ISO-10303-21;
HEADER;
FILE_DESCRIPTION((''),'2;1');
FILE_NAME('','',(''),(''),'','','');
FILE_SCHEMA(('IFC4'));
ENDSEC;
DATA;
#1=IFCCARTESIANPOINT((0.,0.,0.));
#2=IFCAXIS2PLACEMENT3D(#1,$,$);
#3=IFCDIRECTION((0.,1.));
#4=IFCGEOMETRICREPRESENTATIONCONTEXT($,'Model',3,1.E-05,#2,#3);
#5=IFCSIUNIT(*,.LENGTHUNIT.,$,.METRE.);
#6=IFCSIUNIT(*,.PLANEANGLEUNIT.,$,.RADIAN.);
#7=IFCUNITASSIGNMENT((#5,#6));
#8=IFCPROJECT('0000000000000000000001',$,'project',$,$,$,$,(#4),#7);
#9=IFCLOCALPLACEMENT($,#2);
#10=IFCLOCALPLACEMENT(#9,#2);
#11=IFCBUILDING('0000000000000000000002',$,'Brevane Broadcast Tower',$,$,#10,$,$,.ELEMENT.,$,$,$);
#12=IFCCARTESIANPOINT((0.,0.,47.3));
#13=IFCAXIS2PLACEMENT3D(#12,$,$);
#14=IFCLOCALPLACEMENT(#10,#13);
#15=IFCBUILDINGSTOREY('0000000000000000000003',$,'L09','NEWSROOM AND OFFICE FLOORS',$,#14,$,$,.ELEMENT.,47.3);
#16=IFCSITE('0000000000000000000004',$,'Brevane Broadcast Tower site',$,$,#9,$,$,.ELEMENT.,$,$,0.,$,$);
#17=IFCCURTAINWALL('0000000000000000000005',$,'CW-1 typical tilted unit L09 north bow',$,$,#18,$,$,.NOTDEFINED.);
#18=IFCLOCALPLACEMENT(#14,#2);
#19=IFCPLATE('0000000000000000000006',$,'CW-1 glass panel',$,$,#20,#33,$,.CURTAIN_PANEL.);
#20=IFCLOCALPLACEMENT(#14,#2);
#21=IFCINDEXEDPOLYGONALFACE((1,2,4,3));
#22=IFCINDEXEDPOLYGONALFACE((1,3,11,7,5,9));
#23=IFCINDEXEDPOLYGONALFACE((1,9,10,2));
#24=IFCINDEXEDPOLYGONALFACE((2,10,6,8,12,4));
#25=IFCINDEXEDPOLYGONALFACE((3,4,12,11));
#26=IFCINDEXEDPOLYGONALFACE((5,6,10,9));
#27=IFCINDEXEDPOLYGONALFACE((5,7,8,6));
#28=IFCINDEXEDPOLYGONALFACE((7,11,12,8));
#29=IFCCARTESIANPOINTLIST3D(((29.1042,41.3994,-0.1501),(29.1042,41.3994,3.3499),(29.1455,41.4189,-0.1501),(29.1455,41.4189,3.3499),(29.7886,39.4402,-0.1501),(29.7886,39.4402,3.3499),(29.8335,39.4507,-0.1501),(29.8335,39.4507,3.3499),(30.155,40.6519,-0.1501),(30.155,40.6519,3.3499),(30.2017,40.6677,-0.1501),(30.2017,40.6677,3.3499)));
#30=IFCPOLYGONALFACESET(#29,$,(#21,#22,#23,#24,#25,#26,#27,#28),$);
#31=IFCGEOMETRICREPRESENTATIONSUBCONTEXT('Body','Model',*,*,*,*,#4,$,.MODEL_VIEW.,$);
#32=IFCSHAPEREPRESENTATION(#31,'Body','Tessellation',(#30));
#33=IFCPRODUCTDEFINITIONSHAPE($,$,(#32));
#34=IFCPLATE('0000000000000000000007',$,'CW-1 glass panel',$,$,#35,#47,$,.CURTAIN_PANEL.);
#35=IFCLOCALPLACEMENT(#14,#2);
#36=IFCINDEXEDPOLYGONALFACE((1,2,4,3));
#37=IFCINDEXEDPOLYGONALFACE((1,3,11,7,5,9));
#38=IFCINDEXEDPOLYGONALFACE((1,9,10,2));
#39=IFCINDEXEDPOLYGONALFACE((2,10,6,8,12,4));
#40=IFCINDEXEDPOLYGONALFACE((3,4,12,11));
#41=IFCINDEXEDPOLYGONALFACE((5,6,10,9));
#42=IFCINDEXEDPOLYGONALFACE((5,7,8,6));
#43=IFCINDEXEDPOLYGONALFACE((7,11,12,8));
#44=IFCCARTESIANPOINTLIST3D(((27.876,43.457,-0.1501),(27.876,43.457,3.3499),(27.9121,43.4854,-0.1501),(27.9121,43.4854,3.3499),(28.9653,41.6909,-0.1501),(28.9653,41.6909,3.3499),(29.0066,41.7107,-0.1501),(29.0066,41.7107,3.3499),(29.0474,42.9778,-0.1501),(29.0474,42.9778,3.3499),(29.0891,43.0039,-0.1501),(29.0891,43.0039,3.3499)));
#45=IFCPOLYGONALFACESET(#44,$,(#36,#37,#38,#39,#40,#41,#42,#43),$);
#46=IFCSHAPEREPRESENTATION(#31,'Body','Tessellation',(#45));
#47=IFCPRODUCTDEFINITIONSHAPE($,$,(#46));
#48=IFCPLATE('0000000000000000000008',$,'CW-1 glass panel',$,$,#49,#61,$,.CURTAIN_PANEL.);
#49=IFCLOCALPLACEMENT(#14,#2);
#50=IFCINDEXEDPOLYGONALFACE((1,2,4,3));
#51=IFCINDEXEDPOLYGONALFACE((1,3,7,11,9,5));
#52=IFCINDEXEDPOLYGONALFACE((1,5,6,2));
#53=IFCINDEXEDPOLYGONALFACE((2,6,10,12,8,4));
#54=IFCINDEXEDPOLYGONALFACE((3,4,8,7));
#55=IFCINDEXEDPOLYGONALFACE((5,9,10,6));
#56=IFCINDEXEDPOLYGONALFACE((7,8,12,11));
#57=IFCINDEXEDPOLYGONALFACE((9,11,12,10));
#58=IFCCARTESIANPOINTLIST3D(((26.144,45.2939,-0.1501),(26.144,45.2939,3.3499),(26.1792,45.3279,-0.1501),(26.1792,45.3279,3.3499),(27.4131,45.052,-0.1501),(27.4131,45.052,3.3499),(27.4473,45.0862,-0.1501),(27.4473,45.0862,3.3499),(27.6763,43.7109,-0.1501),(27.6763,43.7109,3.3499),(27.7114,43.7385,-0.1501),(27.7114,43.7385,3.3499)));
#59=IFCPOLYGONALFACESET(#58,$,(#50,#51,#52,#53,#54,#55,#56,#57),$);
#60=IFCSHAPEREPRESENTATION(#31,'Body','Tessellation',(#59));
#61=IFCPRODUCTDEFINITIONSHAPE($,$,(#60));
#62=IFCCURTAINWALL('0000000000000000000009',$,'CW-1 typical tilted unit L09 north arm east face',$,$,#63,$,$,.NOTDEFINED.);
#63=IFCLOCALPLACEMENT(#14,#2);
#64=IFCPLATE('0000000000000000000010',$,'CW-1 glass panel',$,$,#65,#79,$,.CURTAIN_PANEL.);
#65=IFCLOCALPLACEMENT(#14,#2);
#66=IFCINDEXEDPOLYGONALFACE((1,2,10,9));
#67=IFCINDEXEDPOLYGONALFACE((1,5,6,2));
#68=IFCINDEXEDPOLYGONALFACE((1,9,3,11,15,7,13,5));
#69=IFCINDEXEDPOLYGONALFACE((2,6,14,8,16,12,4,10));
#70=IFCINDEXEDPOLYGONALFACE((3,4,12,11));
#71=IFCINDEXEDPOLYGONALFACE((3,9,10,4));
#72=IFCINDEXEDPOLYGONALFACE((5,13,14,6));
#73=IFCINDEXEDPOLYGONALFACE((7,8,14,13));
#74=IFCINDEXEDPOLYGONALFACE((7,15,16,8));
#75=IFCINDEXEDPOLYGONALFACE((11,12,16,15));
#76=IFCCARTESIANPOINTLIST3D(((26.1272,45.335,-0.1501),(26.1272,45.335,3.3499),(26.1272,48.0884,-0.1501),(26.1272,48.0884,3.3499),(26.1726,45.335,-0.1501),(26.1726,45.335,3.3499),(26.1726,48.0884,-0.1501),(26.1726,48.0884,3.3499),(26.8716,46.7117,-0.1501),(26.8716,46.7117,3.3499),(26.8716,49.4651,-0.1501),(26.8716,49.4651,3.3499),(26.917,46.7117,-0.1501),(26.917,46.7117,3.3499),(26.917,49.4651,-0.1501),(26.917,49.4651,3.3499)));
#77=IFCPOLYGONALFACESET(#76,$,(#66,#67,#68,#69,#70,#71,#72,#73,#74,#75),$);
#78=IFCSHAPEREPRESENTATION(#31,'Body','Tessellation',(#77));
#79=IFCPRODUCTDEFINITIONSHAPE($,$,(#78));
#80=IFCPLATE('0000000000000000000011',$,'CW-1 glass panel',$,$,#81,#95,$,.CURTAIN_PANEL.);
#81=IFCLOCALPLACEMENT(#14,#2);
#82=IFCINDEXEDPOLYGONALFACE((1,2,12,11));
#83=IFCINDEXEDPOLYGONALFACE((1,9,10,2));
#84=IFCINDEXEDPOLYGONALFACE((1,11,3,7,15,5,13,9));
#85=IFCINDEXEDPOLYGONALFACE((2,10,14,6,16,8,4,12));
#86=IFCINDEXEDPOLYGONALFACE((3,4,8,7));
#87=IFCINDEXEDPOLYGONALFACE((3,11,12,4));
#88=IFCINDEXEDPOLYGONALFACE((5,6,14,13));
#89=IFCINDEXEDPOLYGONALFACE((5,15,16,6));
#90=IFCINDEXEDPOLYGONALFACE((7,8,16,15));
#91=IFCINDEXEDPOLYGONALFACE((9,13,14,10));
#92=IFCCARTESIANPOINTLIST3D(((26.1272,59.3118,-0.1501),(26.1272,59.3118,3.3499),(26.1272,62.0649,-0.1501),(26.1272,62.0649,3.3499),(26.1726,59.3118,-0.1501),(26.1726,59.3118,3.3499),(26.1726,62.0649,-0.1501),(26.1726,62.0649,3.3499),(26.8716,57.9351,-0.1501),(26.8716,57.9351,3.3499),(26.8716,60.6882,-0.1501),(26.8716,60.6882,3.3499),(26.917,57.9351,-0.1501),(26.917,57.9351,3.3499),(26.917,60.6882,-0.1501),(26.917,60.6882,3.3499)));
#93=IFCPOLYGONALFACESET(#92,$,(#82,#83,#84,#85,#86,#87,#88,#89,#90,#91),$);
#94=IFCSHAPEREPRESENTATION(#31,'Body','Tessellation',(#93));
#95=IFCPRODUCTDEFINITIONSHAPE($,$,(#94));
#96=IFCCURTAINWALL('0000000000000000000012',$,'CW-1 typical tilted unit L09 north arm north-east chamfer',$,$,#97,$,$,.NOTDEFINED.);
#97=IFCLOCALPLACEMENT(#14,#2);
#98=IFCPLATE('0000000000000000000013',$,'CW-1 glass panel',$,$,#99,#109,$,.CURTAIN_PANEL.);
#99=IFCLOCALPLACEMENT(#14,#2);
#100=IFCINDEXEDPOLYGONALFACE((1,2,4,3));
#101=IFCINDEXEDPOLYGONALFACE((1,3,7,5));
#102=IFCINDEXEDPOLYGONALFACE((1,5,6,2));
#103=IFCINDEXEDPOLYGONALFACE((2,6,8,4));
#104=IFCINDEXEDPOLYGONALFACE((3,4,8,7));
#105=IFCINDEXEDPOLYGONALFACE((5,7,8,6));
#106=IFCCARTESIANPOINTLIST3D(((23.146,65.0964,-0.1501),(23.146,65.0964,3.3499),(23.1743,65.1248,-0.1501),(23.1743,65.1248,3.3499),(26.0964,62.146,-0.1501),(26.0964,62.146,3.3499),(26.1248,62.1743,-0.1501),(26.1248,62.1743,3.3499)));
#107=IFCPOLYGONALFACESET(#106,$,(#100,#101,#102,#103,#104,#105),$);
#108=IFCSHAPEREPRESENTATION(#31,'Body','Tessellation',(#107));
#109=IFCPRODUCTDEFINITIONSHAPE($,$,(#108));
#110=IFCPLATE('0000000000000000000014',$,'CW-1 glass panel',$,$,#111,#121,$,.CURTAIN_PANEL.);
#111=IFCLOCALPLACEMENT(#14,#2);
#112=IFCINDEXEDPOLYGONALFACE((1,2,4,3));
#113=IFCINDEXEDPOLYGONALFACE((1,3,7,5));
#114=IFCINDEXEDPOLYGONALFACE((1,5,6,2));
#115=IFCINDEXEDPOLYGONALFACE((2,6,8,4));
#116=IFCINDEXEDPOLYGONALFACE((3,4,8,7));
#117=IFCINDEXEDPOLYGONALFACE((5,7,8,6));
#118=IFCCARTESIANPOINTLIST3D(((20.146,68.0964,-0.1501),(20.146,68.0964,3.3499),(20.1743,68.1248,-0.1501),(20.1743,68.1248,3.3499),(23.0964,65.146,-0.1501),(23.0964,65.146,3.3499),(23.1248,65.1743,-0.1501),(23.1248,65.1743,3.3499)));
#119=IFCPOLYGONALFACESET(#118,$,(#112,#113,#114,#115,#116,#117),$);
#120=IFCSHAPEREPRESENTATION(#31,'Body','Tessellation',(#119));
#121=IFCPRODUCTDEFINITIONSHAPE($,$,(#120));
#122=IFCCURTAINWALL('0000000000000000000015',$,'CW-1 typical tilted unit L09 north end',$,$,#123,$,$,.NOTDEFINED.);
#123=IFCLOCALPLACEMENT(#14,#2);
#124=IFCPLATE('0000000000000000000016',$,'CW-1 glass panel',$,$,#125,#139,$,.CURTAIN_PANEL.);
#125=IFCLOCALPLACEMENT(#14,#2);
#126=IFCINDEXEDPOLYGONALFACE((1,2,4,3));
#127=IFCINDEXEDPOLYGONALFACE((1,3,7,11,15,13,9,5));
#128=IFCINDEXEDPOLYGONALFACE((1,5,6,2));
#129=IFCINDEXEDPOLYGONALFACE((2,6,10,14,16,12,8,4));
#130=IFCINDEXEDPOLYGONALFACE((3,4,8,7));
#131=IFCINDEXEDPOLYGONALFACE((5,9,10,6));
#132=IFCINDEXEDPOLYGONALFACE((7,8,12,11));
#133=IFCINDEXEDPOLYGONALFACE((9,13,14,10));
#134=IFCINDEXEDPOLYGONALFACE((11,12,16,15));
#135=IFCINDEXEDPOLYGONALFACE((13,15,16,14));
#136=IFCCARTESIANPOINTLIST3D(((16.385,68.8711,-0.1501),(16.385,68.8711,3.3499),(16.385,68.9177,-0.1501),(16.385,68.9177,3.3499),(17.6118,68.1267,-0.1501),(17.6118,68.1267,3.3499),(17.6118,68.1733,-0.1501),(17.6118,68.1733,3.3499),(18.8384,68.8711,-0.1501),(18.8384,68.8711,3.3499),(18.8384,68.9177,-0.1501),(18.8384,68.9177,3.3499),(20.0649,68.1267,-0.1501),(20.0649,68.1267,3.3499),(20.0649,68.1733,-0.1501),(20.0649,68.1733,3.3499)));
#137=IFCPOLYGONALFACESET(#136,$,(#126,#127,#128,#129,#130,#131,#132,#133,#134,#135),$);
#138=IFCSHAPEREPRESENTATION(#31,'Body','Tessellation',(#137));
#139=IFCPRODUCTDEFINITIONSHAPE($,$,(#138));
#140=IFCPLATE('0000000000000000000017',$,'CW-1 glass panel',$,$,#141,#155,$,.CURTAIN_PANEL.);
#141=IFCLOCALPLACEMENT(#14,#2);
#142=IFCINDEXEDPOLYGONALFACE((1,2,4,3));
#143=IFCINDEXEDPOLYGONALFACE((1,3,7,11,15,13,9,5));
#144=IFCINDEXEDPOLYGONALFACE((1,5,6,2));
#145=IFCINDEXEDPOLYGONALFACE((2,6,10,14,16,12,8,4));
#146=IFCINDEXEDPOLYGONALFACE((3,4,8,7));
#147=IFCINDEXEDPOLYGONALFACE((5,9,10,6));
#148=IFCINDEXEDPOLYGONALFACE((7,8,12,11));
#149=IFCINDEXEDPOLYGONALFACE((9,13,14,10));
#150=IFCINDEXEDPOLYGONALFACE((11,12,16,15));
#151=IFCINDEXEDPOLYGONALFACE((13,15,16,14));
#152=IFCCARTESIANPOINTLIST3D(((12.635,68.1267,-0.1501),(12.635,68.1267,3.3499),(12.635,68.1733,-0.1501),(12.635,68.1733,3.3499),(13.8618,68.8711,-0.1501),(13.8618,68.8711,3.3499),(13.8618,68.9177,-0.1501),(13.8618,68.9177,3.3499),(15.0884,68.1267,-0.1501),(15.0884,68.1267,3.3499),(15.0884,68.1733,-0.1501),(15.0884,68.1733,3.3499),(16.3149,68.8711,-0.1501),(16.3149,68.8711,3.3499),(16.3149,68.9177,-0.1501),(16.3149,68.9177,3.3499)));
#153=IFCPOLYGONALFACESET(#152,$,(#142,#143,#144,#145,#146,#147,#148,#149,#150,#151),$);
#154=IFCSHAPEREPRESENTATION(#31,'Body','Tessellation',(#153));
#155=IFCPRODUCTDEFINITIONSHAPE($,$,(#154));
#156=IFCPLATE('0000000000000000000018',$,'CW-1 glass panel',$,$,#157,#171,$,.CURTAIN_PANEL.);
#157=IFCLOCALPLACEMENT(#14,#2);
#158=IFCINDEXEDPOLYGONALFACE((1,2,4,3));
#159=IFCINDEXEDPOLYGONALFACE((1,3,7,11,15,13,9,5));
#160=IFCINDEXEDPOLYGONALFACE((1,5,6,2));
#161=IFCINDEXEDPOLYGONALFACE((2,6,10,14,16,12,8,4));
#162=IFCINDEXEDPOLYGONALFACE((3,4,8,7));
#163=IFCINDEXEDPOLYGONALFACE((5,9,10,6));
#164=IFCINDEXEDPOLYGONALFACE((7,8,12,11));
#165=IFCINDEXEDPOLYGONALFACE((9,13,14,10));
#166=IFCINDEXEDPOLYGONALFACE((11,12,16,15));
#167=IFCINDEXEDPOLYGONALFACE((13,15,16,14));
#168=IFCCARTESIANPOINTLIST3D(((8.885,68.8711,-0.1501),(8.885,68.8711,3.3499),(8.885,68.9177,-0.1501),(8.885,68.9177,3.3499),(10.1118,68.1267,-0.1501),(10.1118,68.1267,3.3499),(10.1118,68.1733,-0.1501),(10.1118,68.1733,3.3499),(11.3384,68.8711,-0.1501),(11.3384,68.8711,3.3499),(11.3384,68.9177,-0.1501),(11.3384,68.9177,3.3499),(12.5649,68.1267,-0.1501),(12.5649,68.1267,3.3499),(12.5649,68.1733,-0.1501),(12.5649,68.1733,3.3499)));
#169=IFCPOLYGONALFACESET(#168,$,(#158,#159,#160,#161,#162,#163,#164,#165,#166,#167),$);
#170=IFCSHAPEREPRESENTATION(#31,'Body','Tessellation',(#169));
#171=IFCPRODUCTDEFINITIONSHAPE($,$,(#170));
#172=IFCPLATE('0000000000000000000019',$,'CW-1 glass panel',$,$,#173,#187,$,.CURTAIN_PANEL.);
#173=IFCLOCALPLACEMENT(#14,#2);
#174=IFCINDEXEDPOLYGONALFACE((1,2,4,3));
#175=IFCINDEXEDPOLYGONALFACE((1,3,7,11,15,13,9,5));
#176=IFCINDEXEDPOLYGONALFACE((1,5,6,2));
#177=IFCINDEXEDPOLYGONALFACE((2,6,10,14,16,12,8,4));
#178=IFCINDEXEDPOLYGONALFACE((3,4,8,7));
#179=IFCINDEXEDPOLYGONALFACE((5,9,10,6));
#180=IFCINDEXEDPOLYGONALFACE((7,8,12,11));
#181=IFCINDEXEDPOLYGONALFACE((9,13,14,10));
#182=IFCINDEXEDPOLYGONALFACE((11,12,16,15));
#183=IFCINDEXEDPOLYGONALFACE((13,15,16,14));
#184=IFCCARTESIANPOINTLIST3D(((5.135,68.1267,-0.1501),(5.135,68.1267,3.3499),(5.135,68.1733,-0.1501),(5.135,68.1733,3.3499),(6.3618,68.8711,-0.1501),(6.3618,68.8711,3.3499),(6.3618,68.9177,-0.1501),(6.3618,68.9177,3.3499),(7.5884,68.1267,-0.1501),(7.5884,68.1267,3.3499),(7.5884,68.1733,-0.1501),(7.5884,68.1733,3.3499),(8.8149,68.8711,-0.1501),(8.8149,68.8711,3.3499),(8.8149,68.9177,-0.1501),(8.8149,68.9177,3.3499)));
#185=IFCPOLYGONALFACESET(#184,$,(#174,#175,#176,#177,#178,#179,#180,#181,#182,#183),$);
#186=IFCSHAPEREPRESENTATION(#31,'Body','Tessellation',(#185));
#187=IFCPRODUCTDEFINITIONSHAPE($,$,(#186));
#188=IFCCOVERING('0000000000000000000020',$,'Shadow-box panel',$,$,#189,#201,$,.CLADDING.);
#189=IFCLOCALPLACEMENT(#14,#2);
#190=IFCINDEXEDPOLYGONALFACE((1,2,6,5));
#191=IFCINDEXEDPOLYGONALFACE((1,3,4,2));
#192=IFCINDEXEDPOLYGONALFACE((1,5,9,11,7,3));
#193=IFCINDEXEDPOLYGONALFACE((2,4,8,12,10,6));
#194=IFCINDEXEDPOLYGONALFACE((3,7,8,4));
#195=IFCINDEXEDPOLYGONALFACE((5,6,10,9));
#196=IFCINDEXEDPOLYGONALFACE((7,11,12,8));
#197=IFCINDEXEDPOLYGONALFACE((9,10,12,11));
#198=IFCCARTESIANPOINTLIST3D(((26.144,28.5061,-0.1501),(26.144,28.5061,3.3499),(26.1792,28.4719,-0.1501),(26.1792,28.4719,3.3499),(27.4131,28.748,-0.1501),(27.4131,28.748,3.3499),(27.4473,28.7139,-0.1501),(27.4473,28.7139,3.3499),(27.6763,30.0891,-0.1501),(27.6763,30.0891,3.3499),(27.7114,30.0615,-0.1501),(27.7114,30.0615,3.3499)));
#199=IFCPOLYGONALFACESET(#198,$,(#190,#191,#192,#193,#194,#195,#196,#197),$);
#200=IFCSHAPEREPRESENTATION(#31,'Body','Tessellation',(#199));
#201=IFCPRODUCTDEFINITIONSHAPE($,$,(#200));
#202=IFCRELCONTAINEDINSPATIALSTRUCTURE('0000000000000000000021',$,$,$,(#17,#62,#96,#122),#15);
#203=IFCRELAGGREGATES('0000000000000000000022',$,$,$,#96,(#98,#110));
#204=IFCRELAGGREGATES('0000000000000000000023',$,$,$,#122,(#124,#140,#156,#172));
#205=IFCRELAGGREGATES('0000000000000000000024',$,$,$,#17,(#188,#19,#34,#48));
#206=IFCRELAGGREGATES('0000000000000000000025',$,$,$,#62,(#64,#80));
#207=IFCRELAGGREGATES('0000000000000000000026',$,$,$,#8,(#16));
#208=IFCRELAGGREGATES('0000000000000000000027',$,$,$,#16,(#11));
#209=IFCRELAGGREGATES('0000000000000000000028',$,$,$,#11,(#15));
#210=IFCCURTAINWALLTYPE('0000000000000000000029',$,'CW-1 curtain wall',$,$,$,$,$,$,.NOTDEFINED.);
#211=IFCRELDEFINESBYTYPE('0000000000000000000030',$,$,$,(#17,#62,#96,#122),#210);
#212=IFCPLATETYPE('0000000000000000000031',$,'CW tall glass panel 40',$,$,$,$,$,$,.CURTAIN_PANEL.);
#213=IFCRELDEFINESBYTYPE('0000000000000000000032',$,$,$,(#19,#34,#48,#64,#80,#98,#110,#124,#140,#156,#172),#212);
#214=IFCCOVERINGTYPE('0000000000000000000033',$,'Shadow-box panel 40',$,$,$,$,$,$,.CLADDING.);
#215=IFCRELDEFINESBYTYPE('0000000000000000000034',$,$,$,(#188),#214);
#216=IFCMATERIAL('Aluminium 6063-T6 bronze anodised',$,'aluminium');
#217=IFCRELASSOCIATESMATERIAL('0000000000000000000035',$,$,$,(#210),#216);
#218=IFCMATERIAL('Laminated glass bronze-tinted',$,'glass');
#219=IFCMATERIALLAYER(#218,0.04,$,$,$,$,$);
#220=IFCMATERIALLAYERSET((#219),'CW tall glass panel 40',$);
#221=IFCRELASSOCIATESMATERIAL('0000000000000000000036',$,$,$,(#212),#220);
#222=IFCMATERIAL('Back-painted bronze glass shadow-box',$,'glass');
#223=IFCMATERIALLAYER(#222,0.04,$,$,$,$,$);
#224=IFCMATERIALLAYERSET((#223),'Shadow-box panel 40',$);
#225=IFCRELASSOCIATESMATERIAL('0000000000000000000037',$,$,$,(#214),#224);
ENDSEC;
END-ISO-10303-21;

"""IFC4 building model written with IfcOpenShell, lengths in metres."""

from ifc_helpers import new_model, si_unit, direction, frame, origin, place, context, subcontext, project, spatial, polyline, outline, extrude, material, layer, layer_set, type_object, element, aggregate, save


model = new_model("IFC4")

# Units and contexts
model_context = context("Model", 3, precision=1e-05, world=origin(), true_north=direction((0.0, 1.0)))
body_context = subcontext(model_context, "Body", "Model", "MODEL_VIEW")
ifc_project = project(units=[si_unit("LENGTHUNIT", "METRE"), si_unit("PLANEANGLEUNIT", "RADIAN")], contexts=[model_context])

# Site, building, storey
site_placement = place(None, origin())
site = spatial("IfcSite", under=ifc_project, at=site_placement, Name="Brevane Broadcast Tower site", CompositionType="ELEMENT", RefElevation=0.0)
building_placement = place(site_placement, origin())
building = spatial("IfcBuilding", under=site, at=building_placement, Name="Brevane Broadcast Tower", CompositionType="ELEMENT")
storey_placement = place(building_placement, frame((0.0, 0.0, 47.3)))
storey = spatial("IfcBuildingStorey", under=building, at=storey_placement, Name="L09", Description="NEWSROOM AND OFFICE FLOORS", CompositionType="ELEMENT", Elevation=47.3)

# Shared definitions
ifc_material_1 = material(Name="Aluminium 6063-T6 bronze anodised", Category="aluminium")
curtain_wall_type = type_object("IfcCurtainWallType", Name="CW-1 curtain wall", PredefinedType="NOTDEFINED", material=ifc_material_1)

# Curtain walls, plates
ifc_material_2 = material(Name="Laminated glass bronze-tinted", Category="glass")
ifc_layer_1 = layer(ifc_material_2, 0.04)
ifc_layer_set_1 = layer_set([ifc_layer_1], Name="CW tall glass panel 40")
plate_type = type_object("IfcPlateType", Name="CW tall glass panel 40", PredefinedType="CURTAIN_PANEL", material=ifc_layer_set_1)
curtain_wall_1_placement = place(storey_placement, origin())
curtain_wall_1 = element("IfcCurtainWall", 1, at=curtain_wall_1_placement, inside=storey, type_object=curtain_wall_type, Name="CW-1 typical tilted unit L09 north bow", PredefinedType="NOTDEFINED")
plate_1_placement = place(storey_placement, frame((0.0, 0.0, -0.1501)))
plate_1 = element("IfcPlate", 2, at=plate_1_placement, type_object=plate_type, Name="CW-1 glass panel", PredefinedType="CURTAIN_PANEL", context=body_context, shape_type="SweptSolid", body=[
    extrude(outline(polyline([(29.7886, 39.4402), (29.8335, 39.4507), (30.2017, 40.6677), (29.1455, 41.4189), (29.1042, 41.3994), (30.155, 40.6519), (29.7886, 39.4402)])), origin(), (0.0, 0.0, 1.0), 3.5),
])
plate_2_placement = place(storey_placement, frame((0.0, 0.0, -0.1501)))
plate_2 = element("IfcPlate", 3, at=plate_2_placement, type_object=plate_type, Name="CW-1 glass panel", PredefinedType="CURTAIN_PANEL", context=body_context, shape_type="SweptSolid", body=[
    extrude(outline(polyline([(28.9653, 41.6909), (29.0066, 41.7107), (29.0891, 43.0039), (27.9121, 43.4854), (27.876, 43.457), (29.0474, 42.9778), (28.9653, 41.6909)])), origin(), (0.0, 0.0, 1.0), 3.5),
])
plate_3_placement = place(storey_placement, frame((0.0, 0.0, -0.1501)))
plate_3 = element("IfcPlate", 4, at=plate_3_placement, type_object=plate_type, Name="CW-1 glass panel", PredefinedType="CURTAIN_PANEL", context=body_context, shape_type="SweptSolid", body=[
    extrude(outline(polyline([(27.6763, 43.7109), (27.7114, 43.7385), (27.4473, 45.0862), (26.1792, 45.3279), (26.144, 45.2939), (27.4131, 45.052), (27.6763, 43.7109)])), origin(), (0.0, 0.0, 1.0), 3.5),
])
curtain_wall_2_placement = place(storey_placement, origin())
curtain_wall_2 = element("IfcCurtainWall", 5, at=curtain_wall_2_placement, inside=storey, type_object=curtain_wall_type, Name="CW-1 typical tilted unit L09 north arm east face", PredefinedType="NOTDEFINED")
plate_4_placement = place(storey_placement, frame((0.0, 0.0, -0.1501)))
plate_4 = element("IfcPlate", 6, at=plate_4_placement, type_object=plate_type, Name="CW-1 glass panel", PredefinedType="CURTAIN_PANEL", context=body_context, shape_type="SweptSolid", body=[
    extrude(outline(polyline([(26.1272, 45.335), (26.1726, 45.335), (26.917, 46.7117), (26.1726, 48.0884), (26.917, 49.4651), (26.8716, 49.4651), (26.1272, 48.0884), (26.8716, 46.7117), (26.1272, 45.335)])), origin(), (0.0, 0.0, 1.0), 3.5),
])
plate_5_placement = place(storey_placement, frame((0.0, 0.0, -0.1501)))
plate_5 = element("IfcPlate", 7, at=plate_5_placement, type_object=plate_type, Name="CW-1 glass panel", PredefinedType="CURTAIN_PANEL", context=body_context, shape_type="SweptSolid", body=[
    extrude(outline(polyline([(26.8716, 57.9351), (26.917, 57.9351), (26.1726, 59.3118), (26.917, 60.6882), (26.1726, 62.0649), (26.1272, 62.0649), (26.8716, 60.6882), (26.1272, 59.3118), (26.8716, 57.9351)])), origin(), (0.0, 0.0, 1.0), 3.5),
])
curtain_wall_3_placement = place(storey_placement, origin())
curtain_wall_3 = element("IfcCurtainWall", 8, at=curtain_wall_3_placement, inside=storey, type_object=curtain_wall_type, Name="CW-1 typical tilted unit L09 north arm north-east chamfer", PredefinedType="NOTDEFINED")
plate_6_placement = place(storey_placement, frame((0.0, 0.0, -0.1501)))
plate_6 = element("IfcPlate", 9, at=plate_6_placement, type_object=plate_type, Name="CW-1 glass panel", PredefinedType="CURTAIN_PANEL", context=body_context, shape_type="SweptSolid", body=[
    extrude(outline(polyline([(26.0964, 62.146), (23.146, 65.0964), (23.1743, 65.1248), (26.1248, 62.1743), (26.0964, 62.146)])), origin(), (0.0, 0.0, 1.0), 3.5),
])
plate_7_placement = place(storey_placement, frame((0.0, 0.0, -0.1501)))
plate_7 = element("IfcPlate", 10, at=plate_7_placement, type_object=plate_type, Name="CW-1 glass panel", PredefinedType="CURTAIN_PANEL", context=body_context, shape_type="SweptSolid", body=[
    extrude(outline(polyline([(23.0964, 65.146), (20.146, 68.0964), (20.1743, 68.1248), (23.1248, 65.1743), (23.0964, 65.146)])), origin(), (0.0, 0.0, 1.0), 3.5),
])
aggregate(curtain_wall_3, [plate_6, plate_7])
curtain_wall_4_placement = place(storey_placement, origin())
curtain_wall_4 = element("IfcCurtainWall", 11, at=curtain_wall_4_placement, inside=storey, type_object=curtain_wall_type, Name="CW-1 typical tilted unit L09 north end", PredefinedType="NOTDEFINED")
plate_8_placement = place(storey_placement, frame((0.0, 0.0, -0.1501)))
plate_8 = element("IfcPlate", 12, at=plate_8_placement, type_object=plate_type, Name="CW-1 glass panel", PredefinedType="CURTAIN_PANEL", context=body_context, shape_type="SweptSolid", body=[
    extrude(outline(polyline([(20.0649, 68.1267), (20.0649, 68.1733), (18.8384, 68.9177), (17.6118, 68.1733), (16.385, 68.9177), (16.385, 68.8711), (17.6118, 68.1267), (18.8384, 68.8711), (20.0649, 68.1267)])), origin(), (0.0, 0.0, 1.0), 3.5),
])
plate_9_placement = place(storey_placement, frame((0.0, 0.0, -0.1501)))
plate_9 = element("IfcPlate", 13, at=plate_9_placement, type_object=plate_type, Name="CW-1 glass panel", PredefinedType="CURTAIN_PANEL", context=body_context, shape_type="SweptSolid", body=[
    extrude(outline(polyline([(16.3149, 68.8711), (16.3149, 68.9177), (15.0884, 68.1733), (13.8618, 68.9177), (12.635, 68.1733), (12.635, 68.1267), (13.8618, 68.8711), (15.0884, 68.1267), (16.3149, 68.8711)])), origin(), (0.0, 0.0, 1.0), 3.5),
])
plate_10_placement = place(storey_placement, frame((0.0, 0.0, -0.1501)))
plate_10 = element("IfcPlate", 14, at=plate_10_placement, type_object=plate_type, Name="CW-1 glass panel", PredefinedType="CURTAIN_PANEL", context=body_context, shape_type="SweptSolid", body=[
    extrude(outline(polyline([(12.5649, 68.1267), (12.5649, 68.1733), (11.3384, 68.9177), (10.1118, 68.1733), (8.885, 68.9177), (8.885, 68.8711), (10.1118, 68.1267), (11.3384, 68.8711), (12.5649, 68.1267)])), origin(), (0.0, 0.0, 1.0), 3.5),
])
plate_11_placement = place(storey_placement, frame((0.0, 0.0, -0.1501)))
plate_11 = element("IfcPlate", 15, at=plate_11_placement, type_object=plate_type, Name="CW-1 glass panel", PredefinedType="CURTAIN_PANEL", context=body_context, shape_type="SweptSolid", body=[
    extrude(outline(polyline([(8.8149, 68.8711), (8.8149, 68.9177), (7.5884, 68.1733), (6.3618, 68.9177), (5.135, 68.1733), (5.135, 68.1267), (6.3618, 68.8711), (7.5884, 68.1267), (8.8149, 68.8711)])), origin(), (0.0, 0.0, 1.0), 3.5),
])
aggregate(curtain_wall_4, [plate_8, plate_9, plate_10, plate_11])

# Covering
ifc_material_3 = material(Name="Back-painted bronze glass shadow-box", Category="glass")
ifc_layer_2 = layer(ifc_material_3, 0.04)
ifc_layer_set_2 = layer_set([ifc_layer_2], Name="Shadow-box panel 40")
covering_type = type_object("IfcCoveringType", Name="Shadow-box panel 40", PredefinedType="CLADDING", material=ifc_layer_set_2)
covering_1_placement = place(storey_placement, frame((0.0, 0.0, -0.1501)))
covering_1 = element("IfcCovering", 16, at=covering_1_placement, type_object=covering_type, Name="Shadow-box panel", PredefinedType="CLADDING", context=body_context, shape_type="SweptSolid", body=[
    extrude(outline(polyline([(26.144, 28.5061), (26.1792, 28.4719), (27.4473, 28.7139), (27.7114, 30.0615), (27.6763, 30.0891), (27.4131, 28.748), (26.144, 28.5061)])), origin(), (0.0, 0.0, 1.0), 3.5),
])
aggregate(curtain_wall_1, [covering_1, plate_1, plate_2, plate_3])
aggregate(curtain_wall_2, [plate_4, plate_5])

save(model, "model.ifc")
